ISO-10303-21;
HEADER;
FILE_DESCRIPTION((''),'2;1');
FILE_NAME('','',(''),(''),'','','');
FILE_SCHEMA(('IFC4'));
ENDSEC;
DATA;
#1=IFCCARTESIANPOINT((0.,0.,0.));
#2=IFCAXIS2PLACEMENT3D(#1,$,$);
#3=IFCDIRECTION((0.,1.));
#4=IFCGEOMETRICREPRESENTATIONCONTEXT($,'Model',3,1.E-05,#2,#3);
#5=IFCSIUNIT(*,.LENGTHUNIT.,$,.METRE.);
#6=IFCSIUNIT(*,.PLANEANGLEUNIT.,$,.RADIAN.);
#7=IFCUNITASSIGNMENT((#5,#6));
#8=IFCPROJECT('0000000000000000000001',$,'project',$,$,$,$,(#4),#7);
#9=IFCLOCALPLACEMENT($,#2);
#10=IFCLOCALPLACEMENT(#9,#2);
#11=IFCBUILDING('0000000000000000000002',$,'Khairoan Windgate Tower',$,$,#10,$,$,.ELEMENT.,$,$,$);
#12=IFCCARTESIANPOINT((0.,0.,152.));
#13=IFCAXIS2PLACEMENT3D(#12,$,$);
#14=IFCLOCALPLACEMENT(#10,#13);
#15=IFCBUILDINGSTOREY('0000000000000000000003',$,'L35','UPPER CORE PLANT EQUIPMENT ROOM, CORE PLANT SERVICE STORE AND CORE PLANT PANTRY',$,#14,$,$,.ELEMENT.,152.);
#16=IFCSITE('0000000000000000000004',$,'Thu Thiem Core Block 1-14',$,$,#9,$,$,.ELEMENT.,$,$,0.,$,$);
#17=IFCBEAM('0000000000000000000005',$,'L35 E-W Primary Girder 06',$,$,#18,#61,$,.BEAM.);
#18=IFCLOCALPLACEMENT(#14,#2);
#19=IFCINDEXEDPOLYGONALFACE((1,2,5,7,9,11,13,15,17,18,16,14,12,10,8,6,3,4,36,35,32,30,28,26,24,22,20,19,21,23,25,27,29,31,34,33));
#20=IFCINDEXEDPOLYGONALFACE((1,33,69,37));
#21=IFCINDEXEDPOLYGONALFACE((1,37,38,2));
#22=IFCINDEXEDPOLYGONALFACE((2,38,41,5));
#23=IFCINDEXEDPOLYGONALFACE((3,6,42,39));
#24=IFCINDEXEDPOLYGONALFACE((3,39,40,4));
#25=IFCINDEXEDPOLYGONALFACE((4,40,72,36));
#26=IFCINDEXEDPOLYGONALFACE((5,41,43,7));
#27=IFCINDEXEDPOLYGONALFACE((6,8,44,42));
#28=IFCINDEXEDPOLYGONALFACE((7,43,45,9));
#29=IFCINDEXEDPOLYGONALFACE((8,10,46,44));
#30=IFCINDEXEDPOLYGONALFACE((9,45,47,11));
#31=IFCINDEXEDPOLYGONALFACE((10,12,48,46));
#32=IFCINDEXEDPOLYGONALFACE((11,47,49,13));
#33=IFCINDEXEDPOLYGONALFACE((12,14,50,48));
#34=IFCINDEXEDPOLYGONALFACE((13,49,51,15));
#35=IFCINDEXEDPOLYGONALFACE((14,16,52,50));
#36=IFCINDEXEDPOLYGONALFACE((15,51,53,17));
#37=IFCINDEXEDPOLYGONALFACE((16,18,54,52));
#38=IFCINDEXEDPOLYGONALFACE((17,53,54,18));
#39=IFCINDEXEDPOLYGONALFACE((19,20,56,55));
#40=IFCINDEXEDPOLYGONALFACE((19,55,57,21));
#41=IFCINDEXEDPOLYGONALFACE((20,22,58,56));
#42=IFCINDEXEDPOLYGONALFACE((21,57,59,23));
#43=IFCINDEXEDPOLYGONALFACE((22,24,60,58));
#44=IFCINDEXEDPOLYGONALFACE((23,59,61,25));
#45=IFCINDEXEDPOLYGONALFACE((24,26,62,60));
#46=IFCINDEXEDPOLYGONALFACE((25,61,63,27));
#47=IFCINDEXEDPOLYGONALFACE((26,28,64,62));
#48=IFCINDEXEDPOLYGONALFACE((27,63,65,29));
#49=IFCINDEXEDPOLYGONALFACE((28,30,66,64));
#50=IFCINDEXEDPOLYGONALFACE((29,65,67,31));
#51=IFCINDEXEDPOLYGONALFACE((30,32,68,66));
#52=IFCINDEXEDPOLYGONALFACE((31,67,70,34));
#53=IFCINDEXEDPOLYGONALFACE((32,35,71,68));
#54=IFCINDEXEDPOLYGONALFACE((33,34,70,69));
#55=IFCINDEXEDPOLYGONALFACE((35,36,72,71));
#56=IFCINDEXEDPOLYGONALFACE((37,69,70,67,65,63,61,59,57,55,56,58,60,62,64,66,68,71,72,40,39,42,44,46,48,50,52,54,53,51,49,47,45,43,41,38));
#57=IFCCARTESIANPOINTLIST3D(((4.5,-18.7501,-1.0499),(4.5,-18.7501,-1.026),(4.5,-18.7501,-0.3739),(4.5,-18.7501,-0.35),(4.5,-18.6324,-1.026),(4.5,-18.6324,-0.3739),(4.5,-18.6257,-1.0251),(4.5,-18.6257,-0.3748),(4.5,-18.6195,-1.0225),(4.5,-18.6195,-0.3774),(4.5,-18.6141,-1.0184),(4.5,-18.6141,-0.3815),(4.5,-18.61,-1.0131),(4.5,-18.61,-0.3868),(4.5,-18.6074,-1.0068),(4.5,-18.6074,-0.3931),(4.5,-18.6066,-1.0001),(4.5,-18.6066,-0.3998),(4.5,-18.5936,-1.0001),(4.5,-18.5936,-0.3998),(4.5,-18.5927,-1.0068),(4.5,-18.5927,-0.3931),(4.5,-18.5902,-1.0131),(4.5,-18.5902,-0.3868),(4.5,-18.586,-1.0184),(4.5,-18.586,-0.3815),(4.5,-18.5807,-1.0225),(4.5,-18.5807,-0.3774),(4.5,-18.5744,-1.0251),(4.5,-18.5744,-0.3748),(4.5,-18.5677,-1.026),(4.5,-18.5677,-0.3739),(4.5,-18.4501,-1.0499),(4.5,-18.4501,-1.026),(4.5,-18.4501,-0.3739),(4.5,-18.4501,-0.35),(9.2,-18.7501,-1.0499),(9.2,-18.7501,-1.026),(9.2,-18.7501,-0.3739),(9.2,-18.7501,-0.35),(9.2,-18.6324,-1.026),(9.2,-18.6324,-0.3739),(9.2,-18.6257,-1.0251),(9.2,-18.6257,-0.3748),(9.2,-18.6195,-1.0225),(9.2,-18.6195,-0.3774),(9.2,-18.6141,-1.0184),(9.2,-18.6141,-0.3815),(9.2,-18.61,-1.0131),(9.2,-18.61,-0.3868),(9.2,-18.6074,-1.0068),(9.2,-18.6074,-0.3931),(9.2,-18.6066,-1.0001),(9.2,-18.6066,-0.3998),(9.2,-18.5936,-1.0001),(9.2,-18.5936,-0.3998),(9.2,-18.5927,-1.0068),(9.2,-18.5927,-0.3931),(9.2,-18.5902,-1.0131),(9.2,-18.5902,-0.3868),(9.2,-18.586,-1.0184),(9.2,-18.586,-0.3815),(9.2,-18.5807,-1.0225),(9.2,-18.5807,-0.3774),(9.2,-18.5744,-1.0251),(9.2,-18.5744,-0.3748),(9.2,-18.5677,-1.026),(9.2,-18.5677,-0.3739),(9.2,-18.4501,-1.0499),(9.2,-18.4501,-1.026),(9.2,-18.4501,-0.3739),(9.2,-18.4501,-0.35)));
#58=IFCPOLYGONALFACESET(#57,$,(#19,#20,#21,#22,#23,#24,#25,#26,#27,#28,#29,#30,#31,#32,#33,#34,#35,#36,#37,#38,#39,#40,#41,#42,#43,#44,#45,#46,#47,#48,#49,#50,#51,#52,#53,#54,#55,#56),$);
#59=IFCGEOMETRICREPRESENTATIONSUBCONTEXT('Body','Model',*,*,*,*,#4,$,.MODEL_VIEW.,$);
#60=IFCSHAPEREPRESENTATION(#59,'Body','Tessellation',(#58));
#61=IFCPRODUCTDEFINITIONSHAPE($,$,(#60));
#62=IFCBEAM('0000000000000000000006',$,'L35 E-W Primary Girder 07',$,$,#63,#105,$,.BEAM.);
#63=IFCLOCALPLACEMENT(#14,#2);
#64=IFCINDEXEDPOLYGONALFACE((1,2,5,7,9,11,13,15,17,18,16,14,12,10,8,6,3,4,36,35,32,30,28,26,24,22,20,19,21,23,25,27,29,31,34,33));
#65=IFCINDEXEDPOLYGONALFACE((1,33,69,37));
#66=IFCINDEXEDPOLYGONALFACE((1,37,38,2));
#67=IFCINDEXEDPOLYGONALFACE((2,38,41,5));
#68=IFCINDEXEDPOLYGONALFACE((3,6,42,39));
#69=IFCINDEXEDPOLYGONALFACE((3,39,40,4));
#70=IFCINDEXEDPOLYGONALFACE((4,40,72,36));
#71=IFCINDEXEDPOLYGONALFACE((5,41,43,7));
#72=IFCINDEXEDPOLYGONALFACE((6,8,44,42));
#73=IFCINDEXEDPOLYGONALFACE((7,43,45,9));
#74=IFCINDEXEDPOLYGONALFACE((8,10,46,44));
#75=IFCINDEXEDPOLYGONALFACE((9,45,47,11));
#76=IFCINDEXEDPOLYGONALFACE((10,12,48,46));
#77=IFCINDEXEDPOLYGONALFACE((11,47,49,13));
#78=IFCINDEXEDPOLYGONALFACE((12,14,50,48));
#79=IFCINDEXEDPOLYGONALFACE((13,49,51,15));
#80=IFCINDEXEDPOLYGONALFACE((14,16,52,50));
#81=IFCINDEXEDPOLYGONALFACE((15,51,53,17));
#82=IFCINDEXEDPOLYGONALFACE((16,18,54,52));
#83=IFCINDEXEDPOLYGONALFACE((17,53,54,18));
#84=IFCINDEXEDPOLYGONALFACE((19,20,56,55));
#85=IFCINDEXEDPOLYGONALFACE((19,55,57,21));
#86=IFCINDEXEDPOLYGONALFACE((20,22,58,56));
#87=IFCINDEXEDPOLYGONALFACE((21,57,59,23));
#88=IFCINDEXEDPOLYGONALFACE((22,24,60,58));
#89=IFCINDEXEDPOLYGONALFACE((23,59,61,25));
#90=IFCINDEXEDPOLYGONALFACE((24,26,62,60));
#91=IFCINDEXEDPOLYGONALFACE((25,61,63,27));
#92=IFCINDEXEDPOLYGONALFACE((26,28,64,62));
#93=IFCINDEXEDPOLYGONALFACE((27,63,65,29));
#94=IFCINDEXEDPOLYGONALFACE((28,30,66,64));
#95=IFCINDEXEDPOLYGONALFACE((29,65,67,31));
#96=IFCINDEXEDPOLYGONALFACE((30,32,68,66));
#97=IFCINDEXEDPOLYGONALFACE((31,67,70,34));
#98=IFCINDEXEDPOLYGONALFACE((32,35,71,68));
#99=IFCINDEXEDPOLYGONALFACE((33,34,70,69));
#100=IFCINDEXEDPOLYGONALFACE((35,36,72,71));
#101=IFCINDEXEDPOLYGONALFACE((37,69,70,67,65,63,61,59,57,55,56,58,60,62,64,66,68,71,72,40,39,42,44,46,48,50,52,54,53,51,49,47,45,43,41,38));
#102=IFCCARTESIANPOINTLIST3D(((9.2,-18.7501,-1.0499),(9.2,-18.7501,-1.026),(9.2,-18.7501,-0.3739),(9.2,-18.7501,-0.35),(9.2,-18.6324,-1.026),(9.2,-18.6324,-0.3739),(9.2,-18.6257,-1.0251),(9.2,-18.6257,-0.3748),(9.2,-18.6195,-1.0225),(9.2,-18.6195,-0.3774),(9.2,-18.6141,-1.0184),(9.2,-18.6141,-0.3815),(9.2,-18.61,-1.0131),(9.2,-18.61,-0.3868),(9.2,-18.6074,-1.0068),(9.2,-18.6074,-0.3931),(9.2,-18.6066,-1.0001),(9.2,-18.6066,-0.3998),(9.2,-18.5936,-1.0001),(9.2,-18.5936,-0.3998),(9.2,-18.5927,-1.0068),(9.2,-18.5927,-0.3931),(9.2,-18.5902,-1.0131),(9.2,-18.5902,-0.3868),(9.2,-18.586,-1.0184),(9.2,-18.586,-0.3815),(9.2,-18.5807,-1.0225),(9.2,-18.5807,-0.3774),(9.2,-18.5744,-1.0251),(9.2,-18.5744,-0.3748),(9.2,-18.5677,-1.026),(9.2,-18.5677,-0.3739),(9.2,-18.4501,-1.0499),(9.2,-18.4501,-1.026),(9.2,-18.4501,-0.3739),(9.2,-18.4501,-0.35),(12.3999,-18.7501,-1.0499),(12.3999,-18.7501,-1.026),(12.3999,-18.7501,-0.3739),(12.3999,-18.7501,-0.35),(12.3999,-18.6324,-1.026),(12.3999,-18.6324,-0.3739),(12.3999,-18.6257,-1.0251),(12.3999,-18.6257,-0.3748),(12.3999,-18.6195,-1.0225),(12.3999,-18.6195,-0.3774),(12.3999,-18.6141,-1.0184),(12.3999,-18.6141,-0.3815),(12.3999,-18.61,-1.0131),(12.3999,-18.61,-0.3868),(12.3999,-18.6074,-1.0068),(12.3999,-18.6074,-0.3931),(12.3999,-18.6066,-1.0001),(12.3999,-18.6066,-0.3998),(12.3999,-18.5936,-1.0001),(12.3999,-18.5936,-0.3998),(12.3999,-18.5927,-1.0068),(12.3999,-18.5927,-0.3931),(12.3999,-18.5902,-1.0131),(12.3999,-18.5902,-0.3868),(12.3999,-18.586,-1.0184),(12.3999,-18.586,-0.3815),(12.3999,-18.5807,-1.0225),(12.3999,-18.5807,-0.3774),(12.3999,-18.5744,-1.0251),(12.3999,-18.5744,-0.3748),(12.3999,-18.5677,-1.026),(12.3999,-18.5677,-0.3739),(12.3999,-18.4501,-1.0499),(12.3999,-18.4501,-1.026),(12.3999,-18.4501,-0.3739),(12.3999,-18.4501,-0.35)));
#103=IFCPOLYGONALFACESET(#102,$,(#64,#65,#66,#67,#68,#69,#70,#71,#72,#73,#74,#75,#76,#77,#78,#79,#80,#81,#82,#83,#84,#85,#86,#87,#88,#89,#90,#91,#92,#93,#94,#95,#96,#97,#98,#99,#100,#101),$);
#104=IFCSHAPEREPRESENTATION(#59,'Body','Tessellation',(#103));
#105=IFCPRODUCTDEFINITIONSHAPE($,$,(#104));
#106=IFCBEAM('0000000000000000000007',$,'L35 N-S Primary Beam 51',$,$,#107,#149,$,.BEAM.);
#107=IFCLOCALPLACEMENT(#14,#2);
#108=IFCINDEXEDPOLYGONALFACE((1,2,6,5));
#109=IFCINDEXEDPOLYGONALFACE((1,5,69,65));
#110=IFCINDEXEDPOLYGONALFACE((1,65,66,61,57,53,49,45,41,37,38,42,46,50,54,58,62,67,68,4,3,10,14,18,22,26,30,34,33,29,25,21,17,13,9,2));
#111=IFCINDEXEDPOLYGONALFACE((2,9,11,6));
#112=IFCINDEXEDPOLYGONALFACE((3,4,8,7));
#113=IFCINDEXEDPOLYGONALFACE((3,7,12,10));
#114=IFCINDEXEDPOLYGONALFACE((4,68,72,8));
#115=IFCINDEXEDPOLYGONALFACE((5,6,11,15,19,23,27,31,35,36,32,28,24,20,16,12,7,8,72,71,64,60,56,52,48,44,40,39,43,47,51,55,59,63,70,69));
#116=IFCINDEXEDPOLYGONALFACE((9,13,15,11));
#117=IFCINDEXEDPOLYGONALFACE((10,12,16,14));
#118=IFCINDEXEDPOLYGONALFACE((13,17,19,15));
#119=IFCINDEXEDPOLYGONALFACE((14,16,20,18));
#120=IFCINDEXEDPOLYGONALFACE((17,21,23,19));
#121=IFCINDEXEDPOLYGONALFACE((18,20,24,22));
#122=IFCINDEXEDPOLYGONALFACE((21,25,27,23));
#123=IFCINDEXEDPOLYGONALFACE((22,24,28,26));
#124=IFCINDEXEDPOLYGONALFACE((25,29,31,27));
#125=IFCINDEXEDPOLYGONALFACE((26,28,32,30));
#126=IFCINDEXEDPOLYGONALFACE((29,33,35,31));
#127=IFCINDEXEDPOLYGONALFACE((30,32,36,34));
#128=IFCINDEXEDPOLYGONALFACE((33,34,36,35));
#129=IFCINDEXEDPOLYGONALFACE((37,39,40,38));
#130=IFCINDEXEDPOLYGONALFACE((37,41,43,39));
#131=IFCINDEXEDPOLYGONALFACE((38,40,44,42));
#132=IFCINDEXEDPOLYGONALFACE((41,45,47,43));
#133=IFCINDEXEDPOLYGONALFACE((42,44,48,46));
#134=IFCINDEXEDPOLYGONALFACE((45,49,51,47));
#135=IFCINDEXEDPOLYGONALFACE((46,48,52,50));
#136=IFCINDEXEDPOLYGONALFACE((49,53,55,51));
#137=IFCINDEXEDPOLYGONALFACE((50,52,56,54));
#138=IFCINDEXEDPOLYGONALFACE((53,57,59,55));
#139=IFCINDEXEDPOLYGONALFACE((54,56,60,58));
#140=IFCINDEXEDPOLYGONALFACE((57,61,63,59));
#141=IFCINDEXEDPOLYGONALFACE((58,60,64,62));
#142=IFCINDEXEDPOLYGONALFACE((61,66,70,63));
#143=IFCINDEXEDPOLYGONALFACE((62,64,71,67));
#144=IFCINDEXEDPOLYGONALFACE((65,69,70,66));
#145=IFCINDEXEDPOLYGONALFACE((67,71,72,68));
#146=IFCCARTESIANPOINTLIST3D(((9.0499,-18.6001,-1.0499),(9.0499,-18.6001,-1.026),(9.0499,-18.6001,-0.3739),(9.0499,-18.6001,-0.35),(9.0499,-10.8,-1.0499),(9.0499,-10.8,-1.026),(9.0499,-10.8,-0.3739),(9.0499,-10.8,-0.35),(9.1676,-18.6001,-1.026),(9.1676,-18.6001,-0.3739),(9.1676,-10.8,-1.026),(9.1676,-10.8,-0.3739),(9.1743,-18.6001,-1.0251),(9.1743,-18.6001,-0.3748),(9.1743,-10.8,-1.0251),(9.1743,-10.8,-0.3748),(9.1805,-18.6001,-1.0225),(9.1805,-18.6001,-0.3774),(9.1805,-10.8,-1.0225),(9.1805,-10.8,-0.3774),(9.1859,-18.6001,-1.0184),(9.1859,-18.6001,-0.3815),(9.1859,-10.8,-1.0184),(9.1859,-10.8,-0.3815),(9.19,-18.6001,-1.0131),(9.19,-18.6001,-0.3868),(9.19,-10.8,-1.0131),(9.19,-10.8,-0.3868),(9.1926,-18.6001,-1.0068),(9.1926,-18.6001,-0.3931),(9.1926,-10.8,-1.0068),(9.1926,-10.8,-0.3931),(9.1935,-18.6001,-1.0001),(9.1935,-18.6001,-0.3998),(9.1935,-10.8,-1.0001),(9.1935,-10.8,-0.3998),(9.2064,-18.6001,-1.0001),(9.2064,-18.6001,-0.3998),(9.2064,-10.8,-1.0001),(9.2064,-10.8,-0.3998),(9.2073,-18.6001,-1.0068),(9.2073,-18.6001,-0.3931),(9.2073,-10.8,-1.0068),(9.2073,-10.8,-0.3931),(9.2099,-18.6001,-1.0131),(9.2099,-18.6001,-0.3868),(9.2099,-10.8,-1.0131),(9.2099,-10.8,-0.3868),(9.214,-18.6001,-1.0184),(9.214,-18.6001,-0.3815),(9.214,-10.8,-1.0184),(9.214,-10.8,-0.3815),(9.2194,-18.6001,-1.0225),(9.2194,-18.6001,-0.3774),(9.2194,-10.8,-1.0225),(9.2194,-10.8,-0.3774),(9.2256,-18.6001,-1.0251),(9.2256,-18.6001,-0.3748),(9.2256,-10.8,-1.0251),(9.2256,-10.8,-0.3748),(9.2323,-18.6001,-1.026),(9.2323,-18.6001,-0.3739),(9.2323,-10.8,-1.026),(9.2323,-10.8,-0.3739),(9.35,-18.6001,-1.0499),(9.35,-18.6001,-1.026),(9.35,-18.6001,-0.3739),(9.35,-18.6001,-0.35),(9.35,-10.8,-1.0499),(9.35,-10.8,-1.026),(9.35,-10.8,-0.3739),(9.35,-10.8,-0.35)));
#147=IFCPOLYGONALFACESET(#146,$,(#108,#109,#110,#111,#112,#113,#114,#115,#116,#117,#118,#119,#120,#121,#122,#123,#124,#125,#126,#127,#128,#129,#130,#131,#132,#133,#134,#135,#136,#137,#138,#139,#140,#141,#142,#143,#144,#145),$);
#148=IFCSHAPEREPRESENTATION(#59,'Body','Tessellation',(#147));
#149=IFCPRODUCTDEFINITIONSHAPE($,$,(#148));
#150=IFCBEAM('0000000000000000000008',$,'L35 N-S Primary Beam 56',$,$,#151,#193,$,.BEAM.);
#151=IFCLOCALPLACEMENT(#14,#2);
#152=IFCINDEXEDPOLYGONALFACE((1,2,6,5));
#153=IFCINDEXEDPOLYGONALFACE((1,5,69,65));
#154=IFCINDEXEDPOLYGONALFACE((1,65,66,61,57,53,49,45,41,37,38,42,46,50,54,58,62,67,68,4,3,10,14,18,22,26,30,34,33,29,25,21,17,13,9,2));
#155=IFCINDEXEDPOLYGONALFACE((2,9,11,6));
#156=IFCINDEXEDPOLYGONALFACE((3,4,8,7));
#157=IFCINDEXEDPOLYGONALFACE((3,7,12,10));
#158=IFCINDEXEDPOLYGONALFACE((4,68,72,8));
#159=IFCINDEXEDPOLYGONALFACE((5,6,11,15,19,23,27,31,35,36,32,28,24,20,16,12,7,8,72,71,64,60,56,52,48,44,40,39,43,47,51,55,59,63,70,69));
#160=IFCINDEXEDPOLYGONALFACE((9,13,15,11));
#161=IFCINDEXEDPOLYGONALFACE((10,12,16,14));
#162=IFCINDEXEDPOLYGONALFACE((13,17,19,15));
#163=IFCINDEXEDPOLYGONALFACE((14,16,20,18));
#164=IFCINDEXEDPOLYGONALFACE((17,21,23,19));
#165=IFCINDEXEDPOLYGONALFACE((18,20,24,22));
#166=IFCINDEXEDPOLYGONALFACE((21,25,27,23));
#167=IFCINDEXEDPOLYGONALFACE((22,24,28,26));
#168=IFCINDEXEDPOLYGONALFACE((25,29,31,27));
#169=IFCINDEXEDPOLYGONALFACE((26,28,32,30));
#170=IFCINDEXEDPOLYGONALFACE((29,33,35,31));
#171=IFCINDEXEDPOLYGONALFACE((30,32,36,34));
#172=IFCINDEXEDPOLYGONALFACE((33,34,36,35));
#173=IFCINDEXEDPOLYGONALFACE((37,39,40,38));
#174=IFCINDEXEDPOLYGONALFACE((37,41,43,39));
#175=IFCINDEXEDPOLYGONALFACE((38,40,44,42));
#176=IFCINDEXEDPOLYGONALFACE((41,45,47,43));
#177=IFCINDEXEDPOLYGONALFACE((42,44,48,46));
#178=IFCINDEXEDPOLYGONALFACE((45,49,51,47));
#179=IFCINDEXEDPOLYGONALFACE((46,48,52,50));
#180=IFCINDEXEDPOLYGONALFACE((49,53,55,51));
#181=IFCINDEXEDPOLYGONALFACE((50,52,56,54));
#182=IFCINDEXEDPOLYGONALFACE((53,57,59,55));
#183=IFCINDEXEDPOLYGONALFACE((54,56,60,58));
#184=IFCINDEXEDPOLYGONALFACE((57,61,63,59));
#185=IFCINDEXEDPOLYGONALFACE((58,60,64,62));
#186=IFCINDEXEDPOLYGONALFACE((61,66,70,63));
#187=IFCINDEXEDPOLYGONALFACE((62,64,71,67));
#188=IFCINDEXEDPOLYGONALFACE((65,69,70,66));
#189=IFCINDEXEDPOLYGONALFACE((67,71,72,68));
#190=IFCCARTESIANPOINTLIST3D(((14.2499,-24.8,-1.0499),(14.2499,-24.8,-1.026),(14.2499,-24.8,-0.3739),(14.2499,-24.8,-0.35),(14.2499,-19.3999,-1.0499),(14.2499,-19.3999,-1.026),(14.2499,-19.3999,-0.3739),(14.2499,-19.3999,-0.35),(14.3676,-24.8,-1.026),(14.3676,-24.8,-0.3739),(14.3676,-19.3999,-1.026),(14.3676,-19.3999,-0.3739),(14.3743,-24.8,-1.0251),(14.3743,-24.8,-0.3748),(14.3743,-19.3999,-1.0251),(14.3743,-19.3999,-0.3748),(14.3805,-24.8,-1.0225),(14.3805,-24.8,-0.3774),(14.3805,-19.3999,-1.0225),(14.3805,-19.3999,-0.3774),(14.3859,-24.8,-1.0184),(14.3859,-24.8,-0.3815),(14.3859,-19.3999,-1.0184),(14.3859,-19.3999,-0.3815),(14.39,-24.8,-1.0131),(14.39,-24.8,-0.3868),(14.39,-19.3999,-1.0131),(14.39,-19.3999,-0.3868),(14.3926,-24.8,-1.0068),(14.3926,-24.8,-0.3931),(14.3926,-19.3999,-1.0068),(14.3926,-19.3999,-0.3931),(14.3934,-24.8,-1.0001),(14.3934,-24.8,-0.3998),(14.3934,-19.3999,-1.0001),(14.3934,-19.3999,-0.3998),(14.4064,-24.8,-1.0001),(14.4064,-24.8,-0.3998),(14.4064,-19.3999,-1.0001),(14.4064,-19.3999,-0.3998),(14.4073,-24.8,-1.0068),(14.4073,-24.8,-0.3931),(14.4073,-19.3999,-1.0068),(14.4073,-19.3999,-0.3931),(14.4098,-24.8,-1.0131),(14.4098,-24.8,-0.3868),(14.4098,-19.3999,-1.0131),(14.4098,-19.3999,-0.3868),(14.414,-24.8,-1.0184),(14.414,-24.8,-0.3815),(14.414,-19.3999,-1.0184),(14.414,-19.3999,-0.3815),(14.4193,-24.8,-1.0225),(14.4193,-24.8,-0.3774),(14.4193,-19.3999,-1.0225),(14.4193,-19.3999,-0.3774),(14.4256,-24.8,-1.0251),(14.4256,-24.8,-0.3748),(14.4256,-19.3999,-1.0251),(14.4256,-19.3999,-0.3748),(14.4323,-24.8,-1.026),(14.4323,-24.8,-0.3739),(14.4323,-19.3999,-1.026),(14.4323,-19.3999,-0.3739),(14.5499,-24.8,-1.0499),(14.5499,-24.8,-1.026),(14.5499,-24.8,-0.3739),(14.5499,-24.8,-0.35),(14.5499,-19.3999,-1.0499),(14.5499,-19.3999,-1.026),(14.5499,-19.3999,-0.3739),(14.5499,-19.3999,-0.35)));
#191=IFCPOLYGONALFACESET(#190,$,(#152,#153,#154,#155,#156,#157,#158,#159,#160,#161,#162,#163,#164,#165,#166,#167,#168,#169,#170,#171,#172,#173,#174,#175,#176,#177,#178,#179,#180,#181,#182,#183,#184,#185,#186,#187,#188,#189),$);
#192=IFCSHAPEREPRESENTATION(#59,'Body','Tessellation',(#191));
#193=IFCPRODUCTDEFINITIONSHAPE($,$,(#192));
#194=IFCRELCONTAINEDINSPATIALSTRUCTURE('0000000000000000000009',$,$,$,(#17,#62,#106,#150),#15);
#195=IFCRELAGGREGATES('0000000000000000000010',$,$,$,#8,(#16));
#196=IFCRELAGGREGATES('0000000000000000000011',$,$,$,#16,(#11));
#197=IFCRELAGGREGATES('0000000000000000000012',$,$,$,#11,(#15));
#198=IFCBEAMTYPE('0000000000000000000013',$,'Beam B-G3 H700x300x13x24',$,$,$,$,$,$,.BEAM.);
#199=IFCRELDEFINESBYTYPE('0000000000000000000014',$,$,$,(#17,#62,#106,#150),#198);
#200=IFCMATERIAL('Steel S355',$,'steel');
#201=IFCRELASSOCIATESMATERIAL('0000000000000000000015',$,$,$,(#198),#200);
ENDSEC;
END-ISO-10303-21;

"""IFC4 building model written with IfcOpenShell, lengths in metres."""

from ifc_helpers import new_model, si_unit, direction, frame, origin, origin_2d, place, context, subcontext, project, spatial, i_section, extrude, material, material_profile, profile_set, type_object, element, save


model = new_model("IFC4")

# Units and contexts
model_context = context("Model", 3, precision=1e-05, world=origin(), true_north=direction((0.0, 1.0)))
body_context = subcontext(model_context, "Body", "Model", "MODEL_VIEW")
ifc_project = project(units=[si_unit("LENGTHUNIT", "METRE"), si_unit("PLANEANGLEUNIT", "RADIAN")], contexts=[model_context])

# Site, building, storey
site_placement = place(None, origin())
site = spatial("IfcSite", under=ifc_project, at=site_placement, Name="Thu Thiem Core Block 1-14", CompositionType="ELEMENT", RefElevation=0.0)
building_placement = place(site_placement, origin())
building = spatial("IfcBuilding", under=site, at=building_placement, Name="Khairoan Windgate Tower", CompositionType="ELEMENT")
storey_placement = place(building_placement, frame((0.0, 0.0, 152.0)))
storey = spatial("IfcBuildingStorey", under=building, at=storey_placement, Name="L35", Description="UPPER CORE PLANT EQUIPMENT ROOM, CORE PLANT SERVICE STORE AND CORE PLANT PANTRY", CompositionType="ELEMENT", Elevation=152.0)

# Beams
ifc_material_1 = material(Name="Steel S355", Category="steel")
ifc_material_profile_1 = material_profile(ifc_material_1, i_section(OverallWidth=0.3, OverallDepth=0.7, WebThickness=0.0129, FlangeThickness=0.0239, FilletRadius=0.0259, at=origin_2d()))
ifc_profile_set_1 = profile_set([ifc_material_profile_1], Name="Steel S355")
beam_type = type_object("IfcBeamType", Name="Beam B-G3 H700x300x13x24", PredefinedType="BEAM", material=ifc_profile_set_1)
beam_1_placement = place(storey_placement, frame((4.5, -18.6001, -0.7), z_axis=(1.0, 0.0, 0.0), x_axis=(0.0, 1.0, 0.0)))
element("IfcBeam", 1, at=beam_1_placement, inside=storey, type_object=beam_type, Name="L35 E-W Primary Girder 06", PredefinedType="BEAM", context=body_context, shape_type="SweptSolid", body=[
    extrude(i_section(OverallWidth=0.3, OverallDepth=0.7, WebThickness=0.0129, FlangeThickness=0.0239, FilletRadius=0.0259, at=origin_2d()), origin(), (0.0, 0.0, 1.0), 4.7),
])
beam_2_placement = place(storey_placement, frame((9.2, -18.6001, -0.7), z_axis=(1.0, 0.0, 0.0), x_axis=(0.0, 1.0, 0.0)))
element("IfcBeam", 2, at=beam_2_placement, inside=storey, type_object=beam_type, Name="L35 E-W Primary Girder 07", PredefinedType="BEAM", context=body_context, shape_type="SweptSolid", body=[
    extrude(i_section(OverallWidth=0.3, OverallDepth=0.7, WebThickness=0.0129, FlangeThickness=0.0239, FilletRadius=0.0259, at=origin_2d()), origin(), (0.0, 0.0, 1.0), 3.2),
])
beam_3_placement = place(storey_placement, frame((9.2, -18.6001, -0.7), z_axis=(0.0, 1.0, 0.0), x_axis=(-1.0, 0.0, 0.0)))
element("IfcBeam", 3, at=beam_3_placement, inside=storey, type_object=beam_type, Name="L35 N-S Primary Beam 51", PredefinedType="BEAM", context=body_context, shape_type="SweptSolid", body=[
    extrude(i_section(OverallWidth=0.3, OverallDepth=0.7, WebThickness=0.0129, FlangeThickness=0.0239, FilletRadius=0.0259, at=origin_2d()), origin(), (0.0, 0.0, 1.0), 7.8),
])
beam_4_placement = place(storey_placement, frame((14.3999, -24.8, -0.7), z_axis=(0.0, 1.0, 0.0), x_axis=(-1.0, 0.0, 0.0)))
element("IfcBeam", 4, at=beam_4_placement, inside=storey, type_object=beam_type, Name="L35 N-S Primary Beam 56", PredefinedType="BEAM", context=body_context, shape_type="SweptSolid", body=[
    extrude(i_section(OverallWidth=0.3, OverallDepth=0.7, WebThickness=0.0129, FlangeThickness=0.0239, FilletRadius=0.0259, at=origin_2d()), origin(), (0.0, 0.0, 1.0), 5.4001),
])

save(model, "model.ifc")
